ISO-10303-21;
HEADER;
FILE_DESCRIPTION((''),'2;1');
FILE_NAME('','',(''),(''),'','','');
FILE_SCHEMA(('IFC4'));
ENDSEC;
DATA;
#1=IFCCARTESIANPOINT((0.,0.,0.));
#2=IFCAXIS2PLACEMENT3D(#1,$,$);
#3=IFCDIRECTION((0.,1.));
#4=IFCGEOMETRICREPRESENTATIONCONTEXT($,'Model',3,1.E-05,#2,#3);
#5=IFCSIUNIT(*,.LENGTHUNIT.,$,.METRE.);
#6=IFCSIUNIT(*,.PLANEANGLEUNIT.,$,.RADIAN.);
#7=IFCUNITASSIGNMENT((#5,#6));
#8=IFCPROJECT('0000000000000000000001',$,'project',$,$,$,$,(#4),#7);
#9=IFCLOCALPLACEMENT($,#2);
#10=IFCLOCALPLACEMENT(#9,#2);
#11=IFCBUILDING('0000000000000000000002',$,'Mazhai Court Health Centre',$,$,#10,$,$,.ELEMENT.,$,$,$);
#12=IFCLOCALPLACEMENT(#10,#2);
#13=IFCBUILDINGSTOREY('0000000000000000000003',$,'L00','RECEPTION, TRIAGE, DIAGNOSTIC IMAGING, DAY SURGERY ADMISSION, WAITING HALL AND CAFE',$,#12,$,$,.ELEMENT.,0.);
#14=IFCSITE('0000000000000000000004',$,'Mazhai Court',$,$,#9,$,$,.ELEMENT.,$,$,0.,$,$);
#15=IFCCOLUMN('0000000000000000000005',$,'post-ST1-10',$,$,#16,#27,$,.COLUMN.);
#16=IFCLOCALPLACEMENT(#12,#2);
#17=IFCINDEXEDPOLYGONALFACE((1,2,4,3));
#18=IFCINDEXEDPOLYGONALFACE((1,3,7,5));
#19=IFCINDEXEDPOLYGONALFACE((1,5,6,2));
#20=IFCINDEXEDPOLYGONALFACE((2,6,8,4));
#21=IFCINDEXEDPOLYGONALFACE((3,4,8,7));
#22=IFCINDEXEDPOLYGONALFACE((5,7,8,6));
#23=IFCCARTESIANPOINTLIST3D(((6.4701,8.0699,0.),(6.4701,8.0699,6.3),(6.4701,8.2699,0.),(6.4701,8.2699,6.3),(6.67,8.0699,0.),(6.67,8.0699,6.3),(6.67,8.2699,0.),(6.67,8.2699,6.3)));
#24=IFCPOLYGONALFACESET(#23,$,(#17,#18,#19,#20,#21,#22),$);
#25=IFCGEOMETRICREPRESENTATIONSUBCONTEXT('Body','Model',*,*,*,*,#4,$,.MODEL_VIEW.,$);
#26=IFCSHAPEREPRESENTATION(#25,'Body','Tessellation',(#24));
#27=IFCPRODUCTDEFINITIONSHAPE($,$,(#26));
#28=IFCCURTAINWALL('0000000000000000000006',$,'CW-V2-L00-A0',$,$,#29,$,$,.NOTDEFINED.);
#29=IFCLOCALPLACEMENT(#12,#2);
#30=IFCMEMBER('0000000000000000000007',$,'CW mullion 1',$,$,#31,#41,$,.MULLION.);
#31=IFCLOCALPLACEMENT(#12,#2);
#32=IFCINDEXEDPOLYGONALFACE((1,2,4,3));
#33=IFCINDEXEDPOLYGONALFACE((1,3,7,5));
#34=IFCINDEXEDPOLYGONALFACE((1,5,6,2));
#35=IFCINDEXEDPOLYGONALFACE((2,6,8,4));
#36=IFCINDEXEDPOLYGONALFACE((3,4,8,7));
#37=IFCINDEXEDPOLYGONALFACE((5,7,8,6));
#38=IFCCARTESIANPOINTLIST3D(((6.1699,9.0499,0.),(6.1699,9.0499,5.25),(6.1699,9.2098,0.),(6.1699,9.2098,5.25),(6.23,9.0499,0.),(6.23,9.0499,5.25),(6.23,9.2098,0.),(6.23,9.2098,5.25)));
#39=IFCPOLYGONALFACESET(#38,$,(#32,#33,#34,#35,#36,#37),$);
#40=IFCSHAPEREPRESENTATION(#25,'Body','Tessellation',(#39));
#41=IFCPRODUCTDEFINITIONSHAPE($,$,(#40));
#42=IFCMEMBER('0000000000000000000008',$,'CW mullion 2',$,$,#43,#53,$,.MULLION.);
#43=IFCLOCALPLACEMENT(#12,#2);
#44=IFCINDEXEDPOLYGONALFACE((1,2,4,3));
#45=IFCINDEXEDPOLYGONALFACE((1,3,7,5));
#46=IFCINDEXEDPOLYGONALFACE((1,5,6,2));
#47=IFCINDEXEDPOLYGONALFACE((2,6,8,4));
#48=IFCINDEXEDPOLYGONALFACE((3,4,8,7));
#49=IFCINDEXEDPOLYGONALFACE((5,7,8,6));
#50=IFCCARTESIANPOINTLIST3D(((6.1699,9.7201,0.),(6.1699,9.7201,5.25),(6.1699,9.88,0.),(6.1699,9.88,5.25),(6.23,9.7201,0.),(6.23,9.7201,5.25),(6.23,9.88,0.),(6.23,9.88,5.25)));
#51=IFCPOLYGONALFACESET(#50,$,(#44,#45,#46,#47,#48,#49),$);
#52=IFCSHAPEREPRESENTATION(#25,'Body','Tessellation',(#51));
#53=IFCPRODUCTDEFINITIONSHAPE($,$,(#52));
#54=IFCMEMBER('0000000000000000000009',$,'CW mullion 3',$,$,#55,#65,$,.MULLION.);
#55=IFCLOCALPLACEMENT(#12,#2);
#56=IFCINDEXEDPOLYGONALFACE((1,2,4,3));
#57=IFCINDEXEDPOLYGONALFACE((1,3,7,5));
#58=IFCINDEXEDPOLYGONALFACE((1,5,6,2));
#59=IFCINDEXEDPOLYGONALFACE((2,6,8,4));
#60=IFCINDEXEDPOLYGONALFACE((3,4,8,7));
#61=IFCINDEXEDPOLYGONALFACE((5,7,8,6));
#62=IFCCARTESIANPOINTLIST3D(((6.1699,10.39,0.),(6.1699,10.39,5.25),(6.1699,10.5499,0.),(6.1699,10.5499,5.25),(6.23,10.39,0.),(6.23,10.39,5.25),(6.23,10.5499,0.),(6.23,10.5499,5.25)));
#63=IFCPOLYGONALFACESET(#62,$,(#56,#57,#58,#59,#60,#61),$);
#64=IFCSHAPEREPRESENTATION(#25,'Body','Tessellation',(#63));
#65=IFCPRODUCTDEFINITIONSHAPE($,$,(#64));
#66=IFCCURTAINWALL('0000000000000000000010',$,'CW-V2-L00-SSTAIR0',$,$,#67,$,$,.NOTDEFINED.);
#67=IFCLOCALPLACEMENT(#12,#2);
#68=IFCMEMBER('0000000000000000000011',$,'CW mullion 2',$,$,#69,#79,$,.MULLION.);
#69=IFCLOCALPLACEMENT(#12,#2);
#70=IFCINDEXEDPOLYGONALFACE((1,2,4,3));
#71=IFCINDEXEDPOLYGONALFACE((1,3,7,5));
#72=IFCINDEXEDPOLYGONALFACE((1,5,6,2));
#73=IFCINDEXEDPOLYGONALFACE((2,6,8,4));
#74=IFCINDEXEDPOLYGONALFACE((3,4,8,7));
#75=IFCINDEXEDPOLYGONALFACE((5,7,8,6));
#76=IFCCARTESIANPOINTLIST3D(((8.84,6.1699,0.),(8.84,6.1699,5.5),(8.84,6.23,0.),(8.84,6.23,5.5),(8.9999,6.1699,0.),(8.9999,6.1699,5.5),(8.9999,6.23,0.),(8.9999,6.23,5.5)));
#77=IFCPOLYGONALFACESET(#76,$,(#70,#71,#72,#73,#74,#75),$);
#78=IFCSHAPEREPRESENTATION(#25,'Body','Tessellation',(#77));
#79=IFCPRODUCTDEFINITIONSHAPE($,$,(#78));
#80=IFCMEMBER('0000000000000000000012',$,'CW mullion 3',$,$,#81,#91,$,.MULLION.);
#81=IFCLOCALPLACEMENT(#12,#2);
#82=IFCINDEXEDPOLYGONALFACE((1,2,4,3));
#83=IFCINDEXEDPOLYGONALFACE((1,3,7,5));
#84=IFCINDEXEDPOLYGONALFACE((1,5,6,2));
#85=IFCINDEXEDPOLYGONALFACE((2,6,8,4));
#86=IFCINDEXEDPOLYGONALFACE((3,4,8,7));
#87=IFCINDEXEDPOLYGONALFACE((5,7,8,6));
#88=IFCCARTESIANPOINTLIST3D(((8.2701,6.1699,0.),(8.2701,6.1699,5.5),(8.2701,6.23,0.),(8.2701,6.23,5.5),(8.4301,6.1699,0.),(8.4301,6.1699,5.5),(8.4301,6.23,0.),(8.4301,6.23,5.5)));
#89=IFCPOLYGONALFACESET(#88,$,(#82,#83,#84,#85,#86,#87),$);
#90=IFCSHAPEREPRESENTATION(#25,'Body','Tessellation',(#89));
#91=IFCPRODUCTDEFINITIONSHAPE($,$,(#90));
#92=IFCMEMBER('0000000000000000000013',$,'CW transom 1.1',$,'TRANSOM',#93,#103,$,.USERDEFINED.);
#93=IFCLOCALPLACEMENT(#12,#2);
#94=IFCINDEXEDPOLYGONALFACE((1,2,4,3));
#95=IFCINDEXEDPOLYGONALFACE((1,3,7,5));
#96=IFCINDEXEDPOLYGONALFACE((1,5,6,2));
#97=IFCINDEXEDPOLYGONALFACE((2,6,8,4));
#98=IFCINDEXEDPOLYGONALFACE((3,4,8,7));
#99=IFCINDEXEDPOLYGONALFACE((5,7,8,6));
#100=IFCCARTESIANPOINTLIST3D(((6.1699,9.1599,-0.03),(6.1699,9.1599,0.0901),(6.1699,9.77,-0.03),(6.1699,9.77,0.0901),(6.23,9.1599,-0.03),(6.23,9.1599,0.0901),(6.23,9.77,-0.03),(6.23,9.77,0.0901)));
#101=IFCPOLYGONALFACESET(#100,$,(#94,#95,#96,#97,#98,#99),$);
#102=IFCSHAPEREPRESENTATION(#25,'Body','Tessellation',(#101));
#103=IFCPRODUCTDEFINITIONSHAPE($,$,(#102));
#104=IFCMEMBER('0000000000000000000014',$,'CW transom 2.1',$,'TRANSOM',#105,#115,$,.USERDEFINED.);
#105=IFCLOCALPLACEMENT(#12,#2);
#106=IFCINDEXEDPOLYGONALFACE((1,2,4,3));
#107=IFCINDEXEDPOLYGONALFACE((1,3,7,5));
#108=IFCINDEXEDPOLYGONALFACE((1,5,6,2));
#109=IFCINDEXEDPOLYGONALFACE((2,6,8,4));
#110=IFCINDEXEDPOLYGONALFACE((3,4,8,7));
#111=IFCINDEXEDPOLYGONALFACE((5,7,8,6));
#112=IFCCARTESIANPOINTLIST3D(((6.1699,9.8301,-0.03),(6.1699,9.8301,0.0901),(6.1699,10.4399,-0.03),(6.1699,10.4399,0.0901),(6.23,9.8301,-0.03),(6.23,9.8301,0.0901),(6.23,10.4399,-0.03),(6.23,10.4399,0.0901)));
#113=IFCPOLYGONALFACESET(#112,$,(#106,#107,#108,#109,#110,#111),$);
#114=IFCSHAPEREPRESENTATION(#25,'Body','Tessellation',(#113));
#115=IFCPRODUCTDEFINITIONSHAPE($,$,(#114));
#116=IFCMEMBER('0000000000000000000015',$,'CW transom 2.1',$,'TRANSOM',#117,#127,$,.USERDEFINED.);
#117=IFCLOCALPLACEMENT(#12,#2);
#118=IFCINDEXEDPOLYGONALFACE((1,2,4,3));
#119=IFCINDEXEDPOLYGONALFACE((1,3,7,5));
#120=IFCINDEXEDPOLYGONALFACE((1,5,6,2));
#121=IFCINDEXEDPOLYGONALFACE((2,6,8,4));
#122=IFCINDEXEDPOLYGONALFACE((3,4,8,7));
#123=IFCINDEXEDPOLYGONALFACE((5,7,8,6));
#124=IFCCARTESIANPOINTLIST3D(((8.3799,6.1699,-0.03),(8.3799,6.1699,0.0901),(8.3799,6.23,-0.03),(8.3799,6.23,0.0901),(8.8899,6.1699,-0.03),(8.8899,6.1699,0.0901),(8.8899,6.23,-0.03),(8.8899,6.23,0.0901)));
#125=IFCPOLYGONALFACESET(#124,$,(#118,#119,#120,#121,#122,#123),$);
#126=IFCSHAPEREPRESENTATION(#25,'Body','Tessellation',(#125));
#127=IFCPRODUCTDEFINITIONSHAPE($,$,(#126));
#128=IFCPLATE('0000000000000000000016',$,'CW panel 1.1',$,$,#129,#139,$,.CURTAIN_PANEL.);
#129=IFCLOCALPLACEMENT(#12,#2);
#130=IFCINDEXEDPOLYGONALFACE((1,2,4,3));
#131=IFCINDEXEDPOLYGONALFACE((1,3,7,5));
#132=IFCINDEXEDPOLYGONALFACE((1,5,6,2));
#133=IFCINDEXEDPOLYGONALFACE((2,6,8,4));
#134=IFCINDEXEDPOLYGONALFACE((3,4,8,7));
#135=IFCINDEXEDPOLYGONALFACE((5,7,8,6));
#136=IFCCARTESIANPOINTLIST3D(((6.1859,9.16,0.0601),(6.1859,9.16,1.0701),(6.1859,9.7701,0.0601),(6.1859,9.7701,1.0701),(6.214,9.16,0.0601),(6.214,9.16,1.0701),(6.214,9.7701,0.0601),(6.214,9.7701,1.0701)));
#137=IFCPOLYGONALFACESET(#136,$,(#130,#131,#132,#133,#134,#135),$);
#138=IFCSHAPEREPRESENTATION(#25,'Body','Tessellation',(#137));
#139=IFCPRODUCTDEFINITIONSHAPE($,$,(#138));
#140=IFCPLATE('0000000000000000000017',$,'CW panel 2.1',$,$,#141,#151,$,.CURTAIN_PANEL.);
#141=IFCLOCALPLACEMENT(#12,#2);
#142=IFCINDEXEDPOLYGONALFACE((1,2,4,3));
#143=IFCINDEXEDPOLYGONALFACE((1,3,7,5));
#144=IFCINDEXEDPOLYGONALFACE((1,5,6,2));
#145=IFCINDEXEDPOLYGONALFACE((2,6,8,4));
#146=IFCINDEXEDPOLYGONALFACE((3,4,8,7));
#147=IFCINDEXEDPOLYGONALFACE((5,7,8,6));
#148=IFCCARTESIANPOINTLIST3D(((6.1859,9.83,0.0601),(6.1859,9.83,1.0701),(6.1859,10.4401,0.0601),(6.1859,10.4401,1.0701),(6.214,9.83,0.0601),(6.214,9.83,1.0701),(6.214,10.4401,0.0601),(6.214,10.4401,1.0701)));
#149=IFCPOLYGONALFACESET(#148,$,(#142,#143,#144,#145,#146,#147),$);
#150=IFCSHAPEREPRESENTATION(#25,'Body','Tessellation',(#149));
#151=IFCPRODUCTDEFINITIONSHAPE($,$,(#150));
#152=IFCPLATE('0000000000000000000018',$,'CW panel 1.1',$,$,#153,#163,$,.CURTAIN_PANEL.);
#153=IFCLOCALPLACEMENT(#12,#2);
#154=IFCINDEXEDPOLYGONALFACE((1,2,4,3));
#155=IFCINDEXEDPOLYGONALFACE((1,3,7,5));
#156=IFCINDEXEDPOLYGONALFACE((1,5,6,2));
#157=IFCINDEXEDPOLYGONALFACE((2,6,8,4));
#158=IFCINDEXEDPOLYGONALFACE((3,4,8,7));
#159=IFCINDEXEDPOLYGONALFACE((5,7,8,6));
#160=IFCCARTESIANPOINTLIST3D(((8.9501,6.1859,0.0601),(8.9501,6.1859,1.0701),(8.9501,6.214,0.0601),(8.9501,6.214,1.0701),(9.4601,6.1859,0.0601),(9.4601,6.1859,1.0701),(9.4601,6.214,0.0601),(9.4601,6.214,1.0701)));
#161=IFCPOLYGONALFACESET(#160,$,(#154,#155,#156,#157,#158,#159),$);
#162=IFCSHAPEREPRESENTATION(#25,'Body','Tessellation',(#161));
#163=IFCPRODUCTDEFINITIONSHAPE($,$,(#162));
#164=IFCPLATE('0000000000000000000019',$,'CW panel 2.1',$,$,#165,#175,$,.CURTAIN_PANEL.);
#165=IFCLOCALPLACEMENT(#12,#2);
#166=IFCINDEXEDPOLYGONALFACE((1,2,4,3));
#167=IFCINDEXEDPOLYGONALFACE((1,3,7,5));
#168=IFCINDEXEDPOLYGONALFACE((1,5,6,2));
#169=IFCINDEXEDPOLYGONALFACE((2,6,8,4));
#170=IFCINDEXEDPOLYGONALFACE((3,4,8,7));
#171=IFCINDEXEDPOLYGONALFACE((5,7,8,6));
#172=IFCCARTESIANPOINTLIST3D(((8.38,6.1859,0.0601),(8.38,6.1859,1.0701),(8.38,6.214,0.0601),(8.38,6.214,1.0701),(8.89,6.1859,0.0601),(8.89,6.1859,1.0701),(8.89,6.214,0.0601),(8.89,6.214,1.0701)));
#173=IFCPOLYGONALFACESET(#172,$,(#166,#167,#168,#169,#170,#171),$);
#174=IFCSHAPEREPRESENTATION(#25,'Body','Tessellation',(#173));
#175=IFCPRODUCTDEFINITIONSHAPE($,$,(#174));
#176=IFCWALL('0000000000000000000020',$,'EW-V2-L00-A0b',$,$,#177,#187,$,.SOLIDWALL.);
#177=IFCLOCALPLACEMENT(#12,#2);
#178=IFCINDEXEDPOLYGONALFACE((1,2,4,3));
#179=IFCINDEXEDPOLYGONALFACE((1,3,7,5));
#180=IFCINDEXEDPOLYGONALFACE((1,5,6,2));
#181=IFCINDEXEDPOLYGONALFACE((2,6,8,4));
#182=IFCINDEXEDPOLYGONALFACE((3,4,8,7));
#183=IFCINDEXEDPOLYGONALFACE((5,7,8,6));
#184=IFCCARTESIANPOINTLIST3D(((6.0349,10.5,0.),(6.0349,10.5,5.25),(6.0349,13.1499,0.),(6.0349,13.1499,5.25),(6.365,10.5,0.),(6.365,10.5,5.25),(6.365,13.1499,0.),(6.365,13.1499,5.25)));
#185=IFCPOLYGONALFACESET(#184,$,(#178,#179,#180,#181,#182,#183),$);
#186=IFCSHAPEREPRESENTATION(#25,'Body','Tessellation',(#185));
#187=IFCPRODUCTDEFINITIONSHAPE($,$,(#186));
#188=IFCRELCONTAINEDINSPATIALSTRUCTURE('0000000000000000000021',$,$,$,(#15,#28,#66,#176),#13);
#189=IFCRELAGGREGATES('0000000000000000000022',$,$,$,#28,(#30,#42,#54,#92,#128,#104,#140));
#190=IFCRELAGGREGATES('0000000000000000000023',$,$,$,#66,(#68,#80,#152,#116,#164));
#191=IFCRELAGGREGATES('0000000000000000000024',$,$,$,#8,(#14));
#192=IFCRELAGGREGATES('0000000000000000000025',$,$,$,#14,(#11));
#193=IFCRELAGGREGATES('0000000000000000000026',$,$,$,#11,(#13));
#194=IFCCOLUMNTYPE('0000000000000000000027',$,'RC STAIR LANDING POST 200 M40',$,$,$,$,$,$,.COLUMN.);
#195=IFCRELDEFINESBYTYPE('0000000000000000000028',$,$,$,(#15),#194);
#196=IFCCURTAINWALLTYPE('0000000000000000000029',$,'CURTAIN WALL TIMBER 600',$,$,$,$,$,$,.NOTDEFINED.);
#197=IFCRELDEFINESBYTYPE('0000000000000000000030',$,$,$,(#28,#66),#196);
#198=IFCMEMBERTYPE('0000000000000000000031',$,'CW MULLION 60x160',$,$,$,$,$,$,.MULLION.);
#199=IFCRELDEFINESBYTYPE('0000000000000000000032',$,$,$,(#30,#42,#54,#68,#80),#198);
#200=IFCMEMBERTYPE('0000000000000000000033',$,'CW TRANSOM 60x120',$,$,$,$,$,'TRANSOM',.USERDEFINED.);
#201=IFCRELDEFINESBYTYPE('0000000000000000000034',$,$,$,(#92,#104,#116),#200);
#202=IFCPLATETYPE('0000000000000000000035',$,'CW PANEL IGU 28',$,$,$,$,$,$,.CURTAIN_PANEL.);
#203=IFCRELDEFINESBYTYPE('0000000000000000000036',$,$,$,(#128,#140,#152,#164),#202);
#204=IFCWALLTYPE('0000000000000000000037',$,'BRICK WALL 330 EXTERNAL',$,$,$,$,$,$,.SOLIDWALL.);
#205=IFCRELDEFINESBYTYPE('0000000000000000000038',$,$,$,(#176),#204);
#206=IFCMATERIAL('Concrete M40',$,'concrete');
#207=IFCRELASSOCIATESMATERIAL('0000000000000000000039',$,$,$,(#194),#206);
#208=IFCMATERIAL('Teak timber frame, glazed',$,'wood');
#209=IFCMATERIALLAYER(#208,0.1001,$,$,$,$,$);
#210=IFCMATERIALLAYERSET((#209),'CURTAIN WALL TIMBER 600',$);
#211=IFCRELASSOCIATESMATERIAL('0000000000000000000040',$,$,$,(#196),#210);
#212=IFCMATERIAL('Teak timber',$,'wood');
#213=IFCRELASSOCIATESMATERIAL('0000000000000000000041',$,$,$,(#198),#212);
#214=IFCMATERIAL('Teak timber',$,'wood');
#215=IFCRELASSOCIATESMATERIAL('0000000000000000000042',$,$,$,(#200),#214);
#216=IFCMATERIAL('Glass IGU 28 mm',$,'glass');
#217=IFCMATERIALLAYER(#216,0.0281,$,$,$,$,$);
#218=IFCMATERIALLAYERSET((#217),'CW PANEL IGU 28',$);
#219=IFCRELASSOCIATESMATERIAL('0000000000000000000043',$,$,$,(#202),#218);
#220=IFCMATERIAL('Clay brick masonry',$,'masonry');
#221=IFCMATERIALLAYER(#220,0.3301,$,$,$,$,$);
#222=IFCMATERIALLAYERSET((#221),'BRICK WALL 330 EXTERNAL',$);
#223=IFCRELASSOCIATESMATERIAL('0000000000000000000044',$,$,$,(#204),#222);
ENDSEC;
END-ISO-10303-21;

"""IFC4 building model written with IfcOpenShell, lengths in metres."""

from ifc_helpers import new_model, si_unit, direction, frame, frame_2d, origin, origin_2d, place, context, subcontext, project, spatial, rectangle, extrude, material, layer, layer_set, material_profile, profile_set, type_object, element, aggregate, save


model = new_model("IFC4")

# Units and contexts
model_context = context("Model", 3, precision=1e-05, world=origin(), true_north=direction((0.0, 1.0)))
body_context = subcontext(model_context, "Body", "Model", "MODEL_VIEW")
ifc_project = project(units=[si_unit("LENGTHUNIT", "METRE"), si_unit("PLANEANGLEUNIT", "RADIAN")], contexts=[model_context])

# Site, building, storey
site_placement = place(None, origin())
site = spatial("IfcSite", under=ifc_project, at=site_placement, Name="Mazhai Court", CompositionType="ELEMENT", RefElevation=0.0)
building_placement = place(site_placement, origin())
building = spatial("IfcBuilding", under=site, at=building_placement, Name="Mazhai Court Health Centre", CompositionType="ELEMENT")
storey_placement = place(building_placement, origin())
storey = spatial("IfcBuildingStorey", under=building, at=storey_placement, Name="L00", Description="RECEPTION, TRIAGE, DIAGNOSTIC IMAGING, DAY SURGERY ADMISSION, WAITING HALL AND CAFE", CompositionType="ELEMENT", Elevation=0.0)

# Column
ifc_material_1 = material(Name="Concrete M40", Category="concrete")
ifc_material_profile_1 = material_profile(ifc_material_1, rectangle(XDim=0.2, YDim=0.2, at=origin_2d()), Name="RC 200x200")
ifc_profile_set_1 = profile_set([ifc_material_profile_1], Name="Concrete M40")
column_type = type_object("IfcColumnType", Name="RC STAIR LANDING POST 200 M40", PredefinedType="COLUMN", material=ifc_profile_set_1)
column_1_placement = place(storey_placement, frame((6.5701, 8.1699, 0.0), z_axis=(0.0, 0.0, 1.0), x_axis=(1.0, 0.0, 0.0)))
element("IfcColumn", 1, at=column_1_placement, inside=storey, type_object=column_type, Name="post-ST1-10", PredefinedType="COLUMN", context=body_context, shape_type="SweptSolid", body=[
    extrude(rectangle(XDim=0.2, YDim=0.2, at=origin_2d()), origin(), (0.0, 0.0, 1.0), 6.3),
])

# Curtain walls, members
ifc_material_2 = material(Name="Teak timber frame, glazed", Category="wood")
ifc_layer_1 = layer(ifc_material_2, 0.1001)
ifc_layer_set_1 = layer_set([ifc_layer_1], Name="CURTAIN WALL TIMBER 600")
curtain_wall_type = type_object("IfcCurtainWallType", Name="CURTAIN WALL TIMBER 600", PredefinedType="NOTDEFINED", material=ifc_layer_set_1)
curtain_wall_1_placement = place(storey_placement, origin())
curtain_wall_1 = element("IfcCurtainWall", 2, at=curtain_wall_1_placement, inside=storey, type_object=curtain_wall_type, Name="CW-V2-L00-A0", PredefinedType="NOTDEFINED")
ifc_material_3 = material(Name="Teak timber", Category="wood")
ifc_material_profile_2 = material_profile(ifc_material_3, rectangle(XDim=0.0601, YDim=0.1599, at=origin_2d()), Name="CW MULLION 60x160")
ifc_profile_set_2 = profile_set([ifc_material_profile_2], Name="Teak timber")
member_type_1 = type_object("IfcMemberType", Name="CW MULLION 60x160", PredefinedType="MULLION", material=ifc_profile_set_2)
member_1_placement = place(storey_placement, frame((6.2, 9.1299, 0.0), z_axis=(0.0, 0.0, 1.0), x_axis=(-1.0, 0.0, 0.0)))
member_1 = element("IfcMember", 3, at=member_1_placement, type_object=member_type_1, Name="CW mullion 1", PredefinedType="MULLION", context=body_context, shape_type="SweptSolid", body=[
    extrude(rectangle(XDim=0.0601, YDim=0.1599, at=origin_2d()), origin(), (0.0, 0.0, 1.0), 5.25),
])
member_2_placement = place(storey_placement, frame((6.2, 9.8, 0.0), z_axis=(0.0, 0.0, 1.0), x_axis=(-1.0, 0.0, 0.0)))
member_2 = element("IfcMember", 4, at=member_2_placement, type_object=member_type_1, Name="CW mullion 2", PredefinedType="MULLION", context=body_context, shape_type="SweptSolid", body=[
    extrude(rectangle(XDim=0.0601, YDim=0.1599, at=origin_2d()), origin(), (0.0, 0.0, 1.0), 5.25),
])
member_3_placement = place(storey_placement, frame((6.2, 10.47, 0.0), z_axis=(0.0, 0.0, 1.0), x_axis=(-1.0, 0.0, 0.0)))
member_3 = element("IfcMember", 5, at=member_3_placement, type_object=member_type_1, Name="CW mullion 3", PredefinedType="MULLION", context=body_context, shape_type="SweptSolid", body=[
    extrude(rectangle(XDim=0.0601, YDim=0.1599, at=origin_2d()), origin(), (0.0, 0.0, 1.0), 5.25),
])
curtain_wall_2_placement = place(storey_placement, origin())
curtain_wall_2 = element("IfcCurtainWall", 6, at=curtain_wall_2_placement, inside=storey, type_object=curtain_wall_type, Name="CW-V2-L00-SSTAIR0", PredefinedType="NOTDEFINED")
member_4_placement = place(storey_placement, frame((8.9199, 6.2, 0.0), z_axis=(0.0, 0.0, 1.0), x_axis=(0.0, -1.0, 0.0)))
member_4 = element("IfcMember", 7, at=member_4_placement, type_object=member_type_1, Name="CW mullion 2", PredefinedType="MULLION", context=body_context, shape_type="SweptSolid", body=[
    extrude(rectangle(XDim=0.0601, YDim=0.1599, at=origin_2d()), origin(), (0.0, 0.0, 1.0), 5.5),
])
member_5_placement = place(storey_placement, frame((8.3501, 6.2, 0.0), z_axis=(0.0, 0.0, 1.0), x_axis=(0.0, -1.0, 0.0)))
member_5 = element("IfcMember", 8, at=member_5_placement, type_object=member_type_1, Name="CW mullion 3", PredefinedType="MULLION", context=body_context, shape_type="SweptSolid", body=[
    extrude(rectangle(XDim=0.0601, YDim=0.1599, at=origin_2d()), origin(), (0.0, 0.0, 1.0), 5.5),
])

# Members
ifc_material_4 = material(Name="Teak timber", Category="wood")
ifc_material_profile_3 = material_profile(ifc_material_4, rectangle(XDim=0.0601, YDim=0.1201, at=origin_2d()), Name="CW TRANSOM 60x120")
ifc_profile_set_3 = profile_set([ifc_material_profile_3], Name="Teak timber")
member_type_2 = type_object("IfcMemberType", Name="CW TRANSOM 60x120", ElementType="TRANSOM", PredefinedType="USERDEFINED", material=ifc_profile_set_3)
member_6_placement = place(storey_placement, frame((6.2, 9.1599, 0.03), z_axis=(0.0, 1.0, 0.0), x_axis=(-1.0, 0.0, 0.0)))
member_6 = element("IfcMember", 9, at=member_6_placement, type_object=member_type_2, Name="CW transom 1.1", ObjectType="TRANSOM", PredefinedType="USERDEFINED", context=body_context, shape_type="SweptSolid", body=[
    extrude(rectangle(XDim=0.0601, YDim=0.1201, at=origin_2d()), origin(), (0.0, 0.0, 1.0), 0.6101),
])
member_7_placement = place(storey_placement, frame((6.2, 9.8301, 0.03), z_axis=(0.0, 1.0, 0.0), x_axis=(-1.0, 0.0, 0.0)))
member_7 = element("IfcMember", 10, at=member_7_placement, type_object=member_type_2, Name="CW transom 2.1", ObjectType="TRANSOM", PredefinedType="USERDEFINED", context=body_context, shape_type="SweptSolid", body=[
    extrude(rectangle(XDim=0.0601, YDim=0.1201, at=origin_2d()), origin(), (0.0, 0.0, 1.0), 0.6099),
])
member_8_placement = place(storey_placement, frame((8.8899, 6.2, 0.03), z_axis=(-1.0, 0.0, 0.0), x_axis=(0.0, -1.0, 0.0)))
member_8 = element("IfcMember", 11, at=member_8_placement, type_object=member_type_2, Name="CW transom 2.1", ObjectType="TRANSOM", PredefinedType="USERDEFINED", context=body_context, shape_type="SweptSolid", body=[
    extrude(rectangle(XDim=0.0601, YDim=0.1201, at=origin_2d()), origin(), (0.0, 0.0, 1.0), 0.51),
])

# Plates
ifc_material_5 = material(Name="Glass IGU 28 mm", Category="glass")
ifc_layer_2 = layer(ifc_material_5, 0.0281)
ifc_layer_set_2 = layer_set([ifc_layer_2], Name="CW PANEL IGU 28")
plate_type = type_object("IfcPlateType", Name="CW PANEL IGU 28", PredefinedType="CURTAIN_PANEL", material=ifc_layer_set_2)
plate_1_placement = place(storey_placement, frame((6.2, 9.4651, 0.0601), z_axis=(0.0, 0.0, 1.0), x_axis=(0.0, 1.0, 0.0)))
plate_1 = element("IfcPlate", 12, at=plate_1_placement, type_object=plate_type, Name="CW panel 1.1", PredefinedType="CURTAIN_PANEL", context=body_context, shape_type="SweptSolid", body=[
    extrude(rectangle(XDim=0.6101, YDim=0.0281, at=origin_2d()), origin(), (0.0, 0.0, 1.0), 1.01),
])
plate_2_placement = place(storey_placement, frame((6.2, 10.135, 0.0601), z_axis=(0.0, 0.0, 1.0), x_axis=(0.0, 1.0, 0.0)))
plate_2 = element("IfcPlate", 13, at=plate_2_placement, type_object=plate_type, Name="CW panel 2.1", PredefinedType="CURTAIN_PANEL", context=body_context, shape_type="SweptSolid", body=[
    extrude(rectangle(XDim=0.6101, YDim=0.0281, at=origin_2d()), origin(), (0.0, 0.0, 1.0), 1.01),
])
aggregate(curtain_wall_1, [member_1, member_2, member_3, member_6, plate_1, member_7, plate_2])
plate_3_placement = place(storey_placement, frame((9.2051, 6.2, 0.0601), z_axis=(0.0, 0.0, 1.0), x_axis=(-1.0, 0.0, 0.0)))
plate_3 = element("IfcPlate", 14, at=plate_3_placement, type_object=plate_type, Name="CW panel 1.1", PredefinedType="CURTAIN_PANEL", context=body_context, shape_type="SweptSolid", body=[
    extrude(rectangle(XDim=0.51, YDim=0.0281, at=origin_2d()), origin(), (0.0, 0.0, 1.0), 1.01),
])
plate_4_placement = place(storey_placement, frame((8.635, 6.2, 0.0601), z_axis=(0.0, 0.0, 1.0), x_axis=(-1.0, 0.0, 0.0)))
plate_4 = element("IfcPlate", 15, at=plate_4_placement, type_object=plate_type, Name="CW panel 2.1", PredefinedType="CURTAIN_PANEL", context=body_context, shape_type="SweptSolid", body=[
    extrude(rectangle(XDim=0.51, YDim=0.0281, at=origin_2d()), origin(), (0.0, 0.0, 1.0), 1.01),
])
aggregate(curtain_wall_2, [member_4, member_5, plate_3, member_8, plate_4])

# Wall
ifc_material_6 = material(Name="Clay brick masonry", Category="masonry")
ifc_layer_3 = layer(ifc_material_6, 0.3301)
ifc_layer_set_3 = layer_set([ifc_layer_3], Name="BRICK WALL 330 EXTERNAL")
wall_type = type_object("IfcWallType", Name="BRICK WALL 330 EXTERNAL", PredefinedType="SOLIDWALL", material=ifc_layer_set_3)
wall_1_placement = place(storey_placement, frame((6.2, 10.5, 0.0), z_axis=(0.0, 0.0, 1.0), x_axis=(0.0, 1.0, 0.0)))
element("IfcWall", 16, at=wall_1_placement, inside=storey, type_object=wall_type, Name="EW-V2-L00-A0b", PredefinedType="SOLIDWALL", context=body_context, shape_type="SweptSolid", body=[
    extrude(rectangle(XDim=2.6499, YDim=0.3301, at=frame_2d((1.325, 0.0))), origin(), (0.0, 0.0, 1.0), 5.25),
])

save(model, "model.ifc")
